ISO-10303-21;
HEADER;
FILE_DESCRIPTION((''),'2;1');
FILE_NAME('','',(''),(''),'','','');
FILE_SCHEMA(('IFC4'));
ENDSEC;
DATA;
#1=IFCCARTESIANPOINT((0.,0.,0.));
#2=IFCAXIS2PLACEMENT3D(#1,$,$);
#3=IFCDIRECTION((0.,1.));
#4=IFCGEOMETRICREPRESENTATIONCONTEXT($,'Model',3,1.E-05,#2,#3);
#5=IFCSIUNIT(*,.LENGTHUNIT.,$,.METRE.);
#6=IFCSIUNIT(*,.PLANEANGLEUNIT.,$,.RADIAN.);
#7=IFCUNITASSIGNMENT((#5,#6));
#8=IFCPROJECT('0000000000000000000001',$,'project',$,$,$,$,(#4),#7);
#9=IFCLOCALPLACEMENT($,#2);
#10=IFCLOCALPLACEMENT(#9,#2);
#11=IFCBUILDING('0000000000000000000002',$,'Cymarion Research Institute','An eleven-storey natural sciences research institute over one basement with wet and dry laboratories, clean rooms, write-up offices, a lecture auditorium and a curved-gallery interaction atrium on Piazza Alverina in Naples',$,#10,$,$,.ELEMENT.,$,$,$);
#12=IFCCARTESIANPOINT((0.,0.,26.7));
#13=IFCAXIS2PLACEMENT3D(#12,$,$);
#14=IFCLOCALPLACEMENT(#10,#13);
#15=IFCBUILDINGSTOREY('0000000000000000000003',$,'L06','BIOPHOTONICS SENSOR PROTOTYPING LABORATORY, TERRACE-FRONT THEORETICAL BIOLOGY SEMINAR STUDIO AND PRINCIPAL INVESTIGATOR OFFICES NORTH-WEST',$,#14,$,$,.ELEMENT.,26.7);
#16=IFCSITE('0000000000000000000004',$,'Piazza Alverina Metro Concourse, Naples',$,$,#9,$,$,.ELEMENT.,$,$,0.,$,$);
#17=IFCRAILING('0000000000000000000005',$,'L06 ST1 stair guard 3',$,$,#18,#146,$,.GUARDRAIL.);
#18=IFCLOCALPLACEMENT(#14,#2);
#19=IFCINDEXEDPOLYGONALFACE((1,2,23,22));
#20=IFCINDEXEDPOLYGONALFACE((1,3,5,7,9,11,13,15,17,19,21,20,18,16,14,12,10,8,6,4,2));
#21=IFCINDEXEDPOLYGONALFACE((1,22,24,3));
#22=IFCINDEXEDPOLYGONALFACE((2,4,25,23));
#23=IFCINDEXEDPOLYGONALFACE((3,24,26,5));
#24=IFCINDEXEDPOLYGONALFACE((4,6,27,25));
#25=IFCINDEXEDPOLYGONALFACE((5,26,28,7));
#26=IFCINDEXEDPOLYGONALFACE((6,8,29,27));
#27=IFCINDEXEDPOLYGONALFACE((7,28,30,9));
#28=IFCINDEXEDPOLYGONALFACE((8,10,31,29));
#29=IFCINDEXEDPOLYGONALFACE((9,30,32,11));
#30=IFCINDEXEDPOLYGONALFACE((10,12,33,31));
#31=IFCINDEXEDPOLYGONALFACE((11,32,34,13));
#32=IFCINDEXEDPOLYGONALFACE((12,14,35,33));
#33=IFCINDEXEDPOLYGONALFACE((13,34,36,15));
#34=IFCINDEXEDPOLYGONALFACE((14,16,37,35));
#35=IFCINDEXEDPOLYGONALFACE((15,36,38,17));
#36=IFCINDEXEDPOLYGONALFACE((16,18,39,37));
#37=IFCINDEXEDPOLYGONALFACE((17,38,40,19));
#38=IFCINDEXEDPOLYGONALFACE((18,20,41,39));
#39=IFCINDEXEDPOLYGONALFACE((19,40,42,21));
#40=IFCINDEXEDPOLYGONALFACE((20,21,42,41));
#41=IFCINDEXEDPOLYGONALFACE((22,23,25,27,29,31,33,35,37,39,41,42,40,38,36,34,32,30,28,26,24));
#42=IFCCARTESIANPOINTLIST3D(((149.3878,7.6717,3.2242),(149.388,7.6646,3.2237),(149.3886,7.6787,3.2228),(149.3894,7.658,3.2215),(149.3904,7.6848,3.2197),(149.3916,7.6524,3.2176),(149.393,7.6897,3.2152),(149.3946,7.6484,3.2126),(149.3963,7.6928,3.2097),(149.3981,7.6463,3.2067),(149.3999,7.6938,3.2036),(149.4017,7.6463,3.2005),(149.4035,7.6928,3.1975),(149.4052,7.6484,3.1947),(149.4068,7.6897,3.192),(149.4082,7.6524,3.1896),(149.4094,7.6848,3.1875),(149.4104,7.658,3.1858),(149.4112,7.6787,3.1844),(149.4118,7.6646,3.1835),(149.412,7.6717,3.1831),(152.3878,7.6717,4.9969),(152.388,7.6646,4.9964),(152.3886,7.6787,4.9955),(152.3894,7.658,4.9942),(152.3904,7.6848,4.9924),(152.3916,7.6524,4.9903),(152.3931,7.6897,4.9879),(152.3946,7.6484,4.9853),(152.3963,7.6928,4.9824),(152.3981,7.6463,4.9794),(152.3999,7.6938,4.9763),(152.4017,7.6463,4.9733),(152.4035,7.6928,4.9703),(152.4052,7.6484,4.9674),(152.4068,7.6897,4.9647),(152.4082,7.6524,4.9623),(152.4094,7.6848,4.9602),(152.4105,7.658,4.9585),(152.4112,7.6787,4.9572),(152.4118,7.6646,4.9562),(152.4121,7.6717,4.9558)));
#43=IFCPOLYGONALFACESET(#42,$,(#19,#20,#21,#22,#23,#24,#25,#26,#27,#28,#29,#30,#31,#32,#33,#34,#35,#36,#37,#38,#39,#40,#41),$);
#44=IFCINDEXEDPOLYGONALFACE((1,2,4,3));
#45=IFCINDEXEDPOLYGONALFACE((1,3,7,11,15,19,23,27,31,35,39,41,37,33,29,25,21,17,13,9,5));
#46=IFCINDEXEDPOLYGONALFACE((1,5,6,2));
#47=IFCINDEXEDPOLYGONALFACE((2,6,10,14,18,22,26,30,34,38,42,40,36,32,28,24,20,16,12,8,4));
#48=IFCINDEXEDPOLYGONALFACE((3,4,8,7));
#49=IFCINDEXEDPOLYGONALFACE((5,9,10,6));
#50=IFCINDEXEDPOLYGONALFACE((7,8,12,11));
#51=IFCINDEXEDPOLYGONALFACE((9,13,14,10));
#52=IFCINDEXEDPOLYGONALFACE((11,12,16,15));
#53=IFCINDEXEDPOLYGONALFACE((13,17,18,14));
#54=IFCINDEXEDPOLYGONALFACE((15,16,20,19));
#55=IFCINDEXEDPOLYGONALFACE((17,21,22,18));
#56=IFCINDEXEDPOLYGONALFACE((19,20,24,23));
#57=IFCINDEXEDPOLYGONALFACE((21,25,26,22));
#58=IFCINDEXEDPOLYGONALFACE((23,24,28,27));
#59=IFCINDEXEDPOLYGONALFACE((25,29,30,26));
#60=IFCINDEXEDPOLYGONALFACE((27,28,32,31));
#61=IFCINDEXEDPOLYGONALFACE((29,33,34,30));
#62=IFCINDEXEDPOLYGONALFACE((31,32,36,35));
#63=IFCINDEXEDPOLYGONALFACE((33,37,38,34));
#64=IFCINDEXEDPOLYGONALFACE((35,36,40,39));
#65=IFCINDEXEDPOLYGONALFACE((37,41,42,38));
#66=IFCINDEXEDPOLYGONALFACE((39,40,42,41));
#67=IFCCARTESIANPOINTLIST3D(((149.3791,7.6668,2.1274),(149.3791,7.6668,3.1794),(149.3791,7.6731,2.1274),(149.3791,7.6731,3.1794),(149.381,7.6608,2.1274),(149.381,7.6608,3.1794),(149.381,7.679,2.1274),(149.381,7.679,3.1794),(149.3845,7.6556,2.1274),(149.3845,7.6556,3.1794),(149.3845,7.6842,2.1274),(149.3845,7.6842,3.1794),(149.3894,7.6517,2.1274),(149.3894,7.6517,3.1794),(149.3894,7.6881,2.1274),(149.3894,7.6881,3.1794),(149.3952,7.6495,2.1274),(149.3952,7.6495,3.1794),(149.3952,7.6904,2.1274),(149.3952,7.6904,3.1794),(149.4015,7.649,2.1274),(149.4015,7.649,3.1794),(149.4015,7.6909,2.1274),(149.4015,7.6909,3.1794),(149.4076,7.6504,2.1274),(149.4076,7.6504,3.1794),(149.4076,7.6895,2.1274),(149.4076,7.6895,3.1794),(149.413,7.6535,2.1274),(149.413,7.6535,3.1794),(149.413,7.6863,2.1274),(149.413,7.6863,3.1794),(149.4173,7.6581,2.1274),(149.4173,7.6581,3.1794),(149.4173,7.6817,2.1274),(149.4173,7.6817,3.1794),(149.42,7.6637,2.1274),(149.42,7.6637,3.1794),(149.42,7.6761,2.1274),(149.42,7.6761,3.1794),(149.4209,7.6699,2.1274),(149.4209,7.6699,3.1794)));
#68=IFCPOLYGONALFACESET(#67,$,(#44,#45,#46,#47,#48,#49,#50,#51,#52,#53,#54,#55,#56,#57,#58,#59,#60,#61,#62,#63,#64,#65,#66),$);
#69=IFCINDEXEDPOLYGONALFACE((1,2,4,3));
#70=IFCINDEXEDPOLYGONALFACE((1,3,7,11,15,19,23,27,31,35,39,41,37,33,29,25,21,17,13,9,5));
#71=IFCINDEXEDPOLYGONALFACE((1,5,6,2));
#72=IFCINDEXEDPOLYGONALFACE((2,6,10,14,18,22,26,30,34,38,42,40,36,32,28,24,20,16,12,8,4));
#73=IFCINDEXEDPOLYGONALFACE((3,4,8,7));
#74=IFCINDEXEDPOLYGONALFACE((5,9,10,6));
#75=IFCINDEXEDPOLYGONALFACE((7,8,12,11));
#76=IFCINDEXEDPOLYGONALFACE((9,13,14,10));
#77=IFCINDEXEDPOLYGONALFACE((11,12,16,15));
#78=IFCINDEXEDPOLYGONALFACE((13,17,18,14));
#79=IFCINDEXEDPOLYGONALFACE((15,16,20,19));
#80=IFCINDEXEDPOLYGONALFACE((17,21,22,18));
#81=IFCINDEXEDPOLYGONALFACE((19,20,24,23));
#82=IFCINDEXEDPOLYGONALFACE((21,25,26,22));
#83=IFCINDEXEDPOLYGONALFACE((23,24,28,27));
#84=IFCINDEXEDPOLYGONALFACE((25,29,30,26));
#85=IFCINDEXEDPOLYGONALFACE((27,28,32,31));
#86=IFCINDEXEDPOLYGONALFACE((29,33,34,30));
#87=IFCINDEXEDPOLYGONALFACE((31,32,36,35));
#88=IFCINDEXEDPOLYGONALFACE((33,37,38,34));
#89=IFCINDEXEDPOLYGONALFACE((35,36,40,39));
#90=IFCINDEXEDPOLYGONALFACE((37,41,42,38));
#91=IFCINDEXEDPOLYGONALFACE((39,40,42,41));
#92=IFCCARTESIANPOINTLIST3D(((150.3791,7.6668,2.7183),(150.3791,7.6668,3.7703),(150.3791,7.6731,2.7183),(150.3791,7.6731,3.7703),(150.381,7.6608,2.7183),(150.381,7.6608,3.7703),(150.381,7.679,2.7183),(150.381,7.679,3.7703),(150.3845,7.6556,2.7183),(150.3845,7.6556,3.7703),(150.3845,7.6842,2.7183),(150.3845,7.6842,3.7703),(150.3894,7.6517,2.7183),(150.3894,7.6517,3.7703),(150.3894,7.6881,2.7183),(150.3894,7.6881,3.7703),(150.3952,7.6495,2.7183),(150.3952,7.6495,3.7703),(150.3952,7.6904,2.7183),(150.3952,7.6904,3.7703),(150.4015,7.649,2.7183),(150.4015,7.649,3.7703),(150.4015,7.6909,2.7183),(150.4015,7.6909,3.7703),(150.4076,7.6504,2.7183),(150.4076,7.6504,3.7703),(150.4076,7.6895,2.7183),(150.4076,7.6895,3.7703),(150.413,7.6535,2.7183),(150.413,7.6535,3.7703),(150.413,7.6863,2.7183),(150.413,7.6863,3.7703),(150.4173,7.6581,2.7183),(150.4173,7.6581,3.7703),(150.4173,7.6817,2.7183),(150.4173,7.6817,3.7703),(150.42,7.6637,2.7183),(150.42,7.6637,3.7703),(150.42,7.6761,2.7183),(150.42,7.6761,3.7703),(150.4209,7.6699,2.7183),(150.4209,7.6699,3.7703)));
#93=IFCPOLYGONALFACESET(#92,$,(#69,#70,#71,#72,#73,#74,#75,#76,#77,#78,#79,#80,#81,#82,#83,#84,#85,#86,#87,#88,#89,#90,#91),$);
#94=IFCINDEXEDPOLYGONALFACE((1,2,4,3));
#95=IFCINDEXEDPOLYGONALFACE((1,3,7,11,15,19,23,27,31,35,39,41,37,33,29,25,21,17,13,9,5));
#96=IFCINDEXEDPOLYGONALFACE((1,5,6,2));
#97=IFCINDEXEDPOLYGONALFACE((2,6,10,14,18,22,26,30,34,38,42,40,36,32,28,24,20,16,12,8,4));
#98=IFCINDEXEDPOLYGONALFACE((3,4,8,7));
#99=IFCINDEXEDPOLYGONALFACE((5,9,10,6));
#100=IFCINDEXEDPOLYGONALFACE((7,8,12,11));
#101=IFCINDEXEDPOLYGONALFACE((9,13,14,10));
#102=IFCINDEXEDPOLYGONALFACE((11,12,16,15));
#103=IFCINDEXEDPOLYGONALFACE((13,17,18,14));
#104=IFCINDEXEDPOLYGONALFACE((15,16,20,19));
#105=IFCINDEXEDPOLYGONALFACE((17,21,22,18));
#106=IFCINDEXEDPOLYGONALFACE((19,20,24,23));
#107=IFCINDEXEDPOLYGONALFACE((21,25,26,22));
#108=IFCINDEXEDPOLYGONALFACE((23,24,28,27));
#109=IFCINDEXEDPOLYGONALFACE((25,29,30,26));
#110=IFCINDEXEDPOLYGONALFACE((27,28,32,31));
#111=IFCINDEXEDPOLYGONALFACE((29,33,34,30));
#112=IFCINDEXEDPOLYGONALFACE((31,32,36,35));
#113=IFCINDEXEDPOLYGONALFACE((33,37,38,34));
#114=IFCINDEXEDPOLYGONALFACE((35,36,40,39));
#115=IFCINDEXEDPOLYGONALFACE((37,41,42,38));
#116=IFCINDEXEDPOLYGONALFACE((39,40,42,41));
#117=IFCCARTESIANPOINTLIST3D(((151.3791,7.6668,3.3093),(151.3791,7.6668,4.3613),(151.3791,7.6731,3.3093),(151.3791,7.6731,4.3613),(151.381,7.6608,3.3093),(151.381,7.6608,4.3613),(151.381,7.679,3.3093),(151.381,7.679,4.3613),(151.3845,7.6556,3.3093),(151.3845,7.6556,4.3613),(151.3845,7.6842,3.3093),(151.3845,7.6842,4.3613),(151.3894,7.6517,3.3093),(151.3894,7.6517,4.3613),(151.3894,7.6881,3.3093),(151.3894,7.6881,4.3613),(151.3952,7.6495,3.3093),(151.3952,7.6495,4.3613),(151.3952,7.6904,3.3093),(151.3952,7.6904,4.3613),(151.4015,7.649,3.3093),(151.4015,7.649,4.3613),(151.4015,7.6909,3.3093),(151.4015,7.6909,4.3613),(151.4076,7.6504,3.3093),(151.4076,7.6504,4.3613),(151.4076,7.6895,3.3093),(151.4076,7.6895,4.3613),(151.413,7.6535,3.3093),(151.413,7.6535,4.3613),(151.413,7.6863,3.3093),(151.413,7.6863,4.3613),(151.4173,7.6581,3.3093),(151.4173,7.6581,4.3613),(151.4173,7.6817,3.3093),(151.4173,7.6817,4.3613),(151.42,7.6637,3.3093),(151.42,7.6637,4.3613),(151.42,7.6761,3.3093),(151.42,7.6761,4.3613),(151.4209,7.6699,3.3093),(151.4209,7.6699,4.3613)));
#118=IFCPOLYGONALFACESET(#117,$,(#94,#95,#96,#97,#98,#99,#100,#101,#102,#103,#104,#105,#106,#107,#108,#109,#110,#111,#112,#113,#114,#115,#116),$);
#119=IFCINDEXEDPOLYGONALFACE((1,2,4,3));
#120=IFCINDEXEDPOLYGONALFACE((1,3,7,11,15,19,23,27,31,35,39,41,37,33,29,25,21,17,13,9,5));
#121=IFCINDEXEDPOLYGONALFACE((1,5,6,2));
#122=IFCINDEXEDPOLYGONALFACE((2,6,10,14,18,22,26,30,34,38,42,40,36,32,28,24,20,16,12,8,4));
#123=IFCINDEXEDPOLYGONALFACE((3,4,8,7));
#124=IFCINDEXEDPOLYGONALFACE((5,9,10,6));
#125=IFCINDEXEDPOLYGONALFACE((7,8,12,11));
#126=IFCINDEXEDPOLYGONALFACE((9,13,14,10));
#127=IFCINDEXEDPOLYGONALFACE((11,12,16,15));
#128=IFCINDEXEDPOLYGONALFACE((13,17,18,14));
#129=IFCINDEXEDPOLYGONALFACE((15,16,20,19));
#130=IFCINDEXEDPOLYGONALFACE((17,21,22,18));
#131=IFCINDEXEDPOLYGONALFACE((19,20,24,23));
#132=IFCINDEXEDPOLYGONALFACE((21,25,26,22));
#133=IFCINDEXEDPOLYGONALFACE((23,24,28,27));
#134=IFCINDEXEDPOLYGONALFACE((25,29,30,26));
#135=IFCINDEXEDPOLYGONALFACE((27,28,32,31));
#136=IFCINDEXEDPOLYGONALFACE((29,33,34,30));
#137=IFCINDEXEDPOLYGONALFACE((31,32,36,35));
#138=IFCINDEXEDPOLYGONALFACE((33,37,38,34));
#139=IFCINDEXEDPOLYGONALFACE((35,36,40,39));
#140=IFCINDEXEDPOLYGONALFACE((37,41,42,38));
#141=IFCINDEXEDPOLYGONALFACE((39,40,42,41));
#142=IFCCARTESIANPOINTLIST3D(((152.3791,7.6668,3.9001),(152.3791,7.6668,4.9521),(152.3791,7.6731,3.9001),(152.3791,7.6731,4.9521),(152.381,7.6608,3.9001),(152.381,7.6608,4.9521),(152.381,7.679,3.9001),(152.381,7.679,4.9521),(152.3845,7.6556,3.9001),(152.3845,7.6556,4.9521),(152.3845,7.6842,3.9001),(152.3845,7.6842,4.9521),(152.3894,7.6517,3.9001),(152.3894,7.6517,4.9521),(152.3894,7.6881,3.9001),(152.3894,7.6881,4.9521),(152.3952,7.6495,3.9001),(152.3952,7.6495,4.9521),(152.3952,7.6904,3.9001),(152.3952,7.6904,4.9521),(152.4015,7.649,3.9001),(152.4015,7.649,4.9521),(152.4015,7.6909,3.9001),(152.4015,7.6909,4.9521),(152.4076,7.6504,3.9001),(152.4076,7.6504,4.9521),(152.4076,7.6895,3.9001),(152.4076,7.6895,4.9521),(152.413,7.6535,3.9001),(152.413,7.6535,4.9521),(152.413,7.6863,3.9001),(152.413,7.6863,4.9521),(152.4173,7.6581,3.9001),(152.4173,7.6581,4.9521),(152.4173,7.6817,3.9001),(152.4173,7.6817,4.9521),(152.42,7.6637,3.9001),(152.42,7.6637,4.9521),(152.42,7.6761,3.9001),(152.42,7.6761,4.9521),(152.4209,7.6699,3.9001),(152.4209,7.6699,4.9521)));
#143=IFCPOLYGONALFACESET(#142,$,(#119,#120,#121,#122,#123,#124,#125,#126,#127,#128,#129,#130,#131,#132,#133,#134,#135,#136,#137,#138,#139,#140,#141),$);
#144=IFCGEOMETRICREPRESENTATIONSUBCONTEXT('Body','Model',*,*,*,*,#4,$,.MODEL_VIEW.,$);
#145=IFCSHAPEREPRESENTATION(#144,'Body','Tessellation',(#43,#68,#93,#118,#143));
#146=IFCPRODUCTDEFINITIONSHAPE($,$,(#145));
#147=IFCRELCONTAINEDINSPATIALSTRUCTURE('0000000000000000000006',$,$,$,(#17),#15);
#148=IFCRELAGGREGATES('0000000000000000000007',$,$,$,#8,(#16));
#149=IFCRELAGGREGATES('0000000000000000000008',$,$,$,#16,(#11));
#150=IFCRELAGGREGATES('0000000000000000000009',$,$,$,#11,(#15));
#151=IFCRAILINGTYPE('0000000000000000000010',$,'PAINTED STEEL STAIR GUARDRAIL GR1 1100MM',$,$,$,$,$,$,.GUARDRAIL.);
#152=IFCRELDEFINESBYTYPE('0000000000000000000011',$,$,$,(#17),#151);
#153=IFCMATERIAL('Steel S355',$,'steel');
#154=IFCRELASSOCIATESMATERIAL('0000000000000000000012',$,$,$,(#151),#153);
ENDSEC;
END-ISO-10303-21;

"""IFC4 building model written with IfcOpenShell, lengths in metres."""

from ifc_helpers import new_model, si_unit, direction, frame, origin, origin_2d, place, context, subcontext, project, spatial, circle, extrude, material, type_object, element, save


model = new_model("IFC4")

# Units and contexts
model_context = context("Model", 3, precision=1e-05, world=origin(), true_north=direction((0.0, 1.0)))
body_context = subcontext(model_context, "Body", "Model", "MODEL_VIEW")
ifc_project = project(units=[si_unit("LENGTHUNIT", "METRE"), si_unit("PLANEANGLEUNIT", "RADIAN")], contexts=[model_context])

# Site, building, storey
site_placement = place(None, origin())
site = spatial("IfcSite", under=ifc_project, at=site_placement, Name="Piazza Alverina Metro Concourse, Naples", CompositionType="ELEMENT", RefElevation=0.0)
building_placement = place(site_placement, origin())
building = spatial("IfcBuilding", under=site, at=building_placement, Name="Cymarion Research Institute", Description="An eleven-storey natural sciences research institute over one basement with wet and dry laboratories, clean rooms, write-up offices, a lecture auditorium and a curved-gallery interaction atrium on Piazza Alverina in Naples", CompositionType="ELEMENT")
storey_placement = place(building_placement, frame((0.0, 0.0, 26.7)))
storey = spatial("IfcBuildingStorey", under=building, at=storey_placement, Name="L06", Description="BIOPHOTONICS SENSOR PROTOTYPING LABORATORY, TERRACE-FRONT THEORETICAL BIOLOGY SEMINAR STUDIO AND PRINCIPAL INVESTIGATOR OFFICES NORTH-WEST", CompositionType="ELEMENT", Elevation=26.7)

# Shared definitions
ifc_material_1 = material(Name="Steel S355", Category="steel")

# Railing
railing_type_1 = type_object("IfcRailingType", Name="PAINTED STEEL STAIR GUARDRAIL GR1 1100MM", PredefinedType="GUARDRAIL", material=ifc_material_1)
railing_1_placement = place(storey_placement, frame((149.3999, 7.6699, 2.1274)))
element("IfcRailing", 1, at=railing_1_placement, inside=storey, type_object=railing_type_1, Name="L06 ST1 stair guard 3", PredefinedType="GUARDRAIL", context=body_context, shape_type="SweptSolid", body=[
    extrude(circle(Radius=0.0239, at=origin_2d()), frame((0.0, 0.0, 1.0762), z_axis=(0.860929, 0.0, 0.508725), x_axis=(0.0, 1.0, 0.0)), (0.0, 0.0, 1.0), 3.4846),
    extrude(circle(Radius=0.021, at=origin_2d()), origin(), (0.0, 0.0, 1.0), 1.052),
    extrude(circle(Radius=0.021, at=origin_2d()), frame((1.0, 0.0, 0.5908)), (0.0, 0.0, 1.0), 1.052),
    extrude(circle(Radius=0.021, at=origin_2d()), frame((2.0, 0.0, 1.1819)), (0.0, 0.0, 1.0), 1.052),
    extrude(circle(Radius=0.021, at=origin_2d()), frame((3.0, 0.0, 1.7727)), (0.0, 0.0, 1.0), 1.052),
])

save(model, "model.ifc")
